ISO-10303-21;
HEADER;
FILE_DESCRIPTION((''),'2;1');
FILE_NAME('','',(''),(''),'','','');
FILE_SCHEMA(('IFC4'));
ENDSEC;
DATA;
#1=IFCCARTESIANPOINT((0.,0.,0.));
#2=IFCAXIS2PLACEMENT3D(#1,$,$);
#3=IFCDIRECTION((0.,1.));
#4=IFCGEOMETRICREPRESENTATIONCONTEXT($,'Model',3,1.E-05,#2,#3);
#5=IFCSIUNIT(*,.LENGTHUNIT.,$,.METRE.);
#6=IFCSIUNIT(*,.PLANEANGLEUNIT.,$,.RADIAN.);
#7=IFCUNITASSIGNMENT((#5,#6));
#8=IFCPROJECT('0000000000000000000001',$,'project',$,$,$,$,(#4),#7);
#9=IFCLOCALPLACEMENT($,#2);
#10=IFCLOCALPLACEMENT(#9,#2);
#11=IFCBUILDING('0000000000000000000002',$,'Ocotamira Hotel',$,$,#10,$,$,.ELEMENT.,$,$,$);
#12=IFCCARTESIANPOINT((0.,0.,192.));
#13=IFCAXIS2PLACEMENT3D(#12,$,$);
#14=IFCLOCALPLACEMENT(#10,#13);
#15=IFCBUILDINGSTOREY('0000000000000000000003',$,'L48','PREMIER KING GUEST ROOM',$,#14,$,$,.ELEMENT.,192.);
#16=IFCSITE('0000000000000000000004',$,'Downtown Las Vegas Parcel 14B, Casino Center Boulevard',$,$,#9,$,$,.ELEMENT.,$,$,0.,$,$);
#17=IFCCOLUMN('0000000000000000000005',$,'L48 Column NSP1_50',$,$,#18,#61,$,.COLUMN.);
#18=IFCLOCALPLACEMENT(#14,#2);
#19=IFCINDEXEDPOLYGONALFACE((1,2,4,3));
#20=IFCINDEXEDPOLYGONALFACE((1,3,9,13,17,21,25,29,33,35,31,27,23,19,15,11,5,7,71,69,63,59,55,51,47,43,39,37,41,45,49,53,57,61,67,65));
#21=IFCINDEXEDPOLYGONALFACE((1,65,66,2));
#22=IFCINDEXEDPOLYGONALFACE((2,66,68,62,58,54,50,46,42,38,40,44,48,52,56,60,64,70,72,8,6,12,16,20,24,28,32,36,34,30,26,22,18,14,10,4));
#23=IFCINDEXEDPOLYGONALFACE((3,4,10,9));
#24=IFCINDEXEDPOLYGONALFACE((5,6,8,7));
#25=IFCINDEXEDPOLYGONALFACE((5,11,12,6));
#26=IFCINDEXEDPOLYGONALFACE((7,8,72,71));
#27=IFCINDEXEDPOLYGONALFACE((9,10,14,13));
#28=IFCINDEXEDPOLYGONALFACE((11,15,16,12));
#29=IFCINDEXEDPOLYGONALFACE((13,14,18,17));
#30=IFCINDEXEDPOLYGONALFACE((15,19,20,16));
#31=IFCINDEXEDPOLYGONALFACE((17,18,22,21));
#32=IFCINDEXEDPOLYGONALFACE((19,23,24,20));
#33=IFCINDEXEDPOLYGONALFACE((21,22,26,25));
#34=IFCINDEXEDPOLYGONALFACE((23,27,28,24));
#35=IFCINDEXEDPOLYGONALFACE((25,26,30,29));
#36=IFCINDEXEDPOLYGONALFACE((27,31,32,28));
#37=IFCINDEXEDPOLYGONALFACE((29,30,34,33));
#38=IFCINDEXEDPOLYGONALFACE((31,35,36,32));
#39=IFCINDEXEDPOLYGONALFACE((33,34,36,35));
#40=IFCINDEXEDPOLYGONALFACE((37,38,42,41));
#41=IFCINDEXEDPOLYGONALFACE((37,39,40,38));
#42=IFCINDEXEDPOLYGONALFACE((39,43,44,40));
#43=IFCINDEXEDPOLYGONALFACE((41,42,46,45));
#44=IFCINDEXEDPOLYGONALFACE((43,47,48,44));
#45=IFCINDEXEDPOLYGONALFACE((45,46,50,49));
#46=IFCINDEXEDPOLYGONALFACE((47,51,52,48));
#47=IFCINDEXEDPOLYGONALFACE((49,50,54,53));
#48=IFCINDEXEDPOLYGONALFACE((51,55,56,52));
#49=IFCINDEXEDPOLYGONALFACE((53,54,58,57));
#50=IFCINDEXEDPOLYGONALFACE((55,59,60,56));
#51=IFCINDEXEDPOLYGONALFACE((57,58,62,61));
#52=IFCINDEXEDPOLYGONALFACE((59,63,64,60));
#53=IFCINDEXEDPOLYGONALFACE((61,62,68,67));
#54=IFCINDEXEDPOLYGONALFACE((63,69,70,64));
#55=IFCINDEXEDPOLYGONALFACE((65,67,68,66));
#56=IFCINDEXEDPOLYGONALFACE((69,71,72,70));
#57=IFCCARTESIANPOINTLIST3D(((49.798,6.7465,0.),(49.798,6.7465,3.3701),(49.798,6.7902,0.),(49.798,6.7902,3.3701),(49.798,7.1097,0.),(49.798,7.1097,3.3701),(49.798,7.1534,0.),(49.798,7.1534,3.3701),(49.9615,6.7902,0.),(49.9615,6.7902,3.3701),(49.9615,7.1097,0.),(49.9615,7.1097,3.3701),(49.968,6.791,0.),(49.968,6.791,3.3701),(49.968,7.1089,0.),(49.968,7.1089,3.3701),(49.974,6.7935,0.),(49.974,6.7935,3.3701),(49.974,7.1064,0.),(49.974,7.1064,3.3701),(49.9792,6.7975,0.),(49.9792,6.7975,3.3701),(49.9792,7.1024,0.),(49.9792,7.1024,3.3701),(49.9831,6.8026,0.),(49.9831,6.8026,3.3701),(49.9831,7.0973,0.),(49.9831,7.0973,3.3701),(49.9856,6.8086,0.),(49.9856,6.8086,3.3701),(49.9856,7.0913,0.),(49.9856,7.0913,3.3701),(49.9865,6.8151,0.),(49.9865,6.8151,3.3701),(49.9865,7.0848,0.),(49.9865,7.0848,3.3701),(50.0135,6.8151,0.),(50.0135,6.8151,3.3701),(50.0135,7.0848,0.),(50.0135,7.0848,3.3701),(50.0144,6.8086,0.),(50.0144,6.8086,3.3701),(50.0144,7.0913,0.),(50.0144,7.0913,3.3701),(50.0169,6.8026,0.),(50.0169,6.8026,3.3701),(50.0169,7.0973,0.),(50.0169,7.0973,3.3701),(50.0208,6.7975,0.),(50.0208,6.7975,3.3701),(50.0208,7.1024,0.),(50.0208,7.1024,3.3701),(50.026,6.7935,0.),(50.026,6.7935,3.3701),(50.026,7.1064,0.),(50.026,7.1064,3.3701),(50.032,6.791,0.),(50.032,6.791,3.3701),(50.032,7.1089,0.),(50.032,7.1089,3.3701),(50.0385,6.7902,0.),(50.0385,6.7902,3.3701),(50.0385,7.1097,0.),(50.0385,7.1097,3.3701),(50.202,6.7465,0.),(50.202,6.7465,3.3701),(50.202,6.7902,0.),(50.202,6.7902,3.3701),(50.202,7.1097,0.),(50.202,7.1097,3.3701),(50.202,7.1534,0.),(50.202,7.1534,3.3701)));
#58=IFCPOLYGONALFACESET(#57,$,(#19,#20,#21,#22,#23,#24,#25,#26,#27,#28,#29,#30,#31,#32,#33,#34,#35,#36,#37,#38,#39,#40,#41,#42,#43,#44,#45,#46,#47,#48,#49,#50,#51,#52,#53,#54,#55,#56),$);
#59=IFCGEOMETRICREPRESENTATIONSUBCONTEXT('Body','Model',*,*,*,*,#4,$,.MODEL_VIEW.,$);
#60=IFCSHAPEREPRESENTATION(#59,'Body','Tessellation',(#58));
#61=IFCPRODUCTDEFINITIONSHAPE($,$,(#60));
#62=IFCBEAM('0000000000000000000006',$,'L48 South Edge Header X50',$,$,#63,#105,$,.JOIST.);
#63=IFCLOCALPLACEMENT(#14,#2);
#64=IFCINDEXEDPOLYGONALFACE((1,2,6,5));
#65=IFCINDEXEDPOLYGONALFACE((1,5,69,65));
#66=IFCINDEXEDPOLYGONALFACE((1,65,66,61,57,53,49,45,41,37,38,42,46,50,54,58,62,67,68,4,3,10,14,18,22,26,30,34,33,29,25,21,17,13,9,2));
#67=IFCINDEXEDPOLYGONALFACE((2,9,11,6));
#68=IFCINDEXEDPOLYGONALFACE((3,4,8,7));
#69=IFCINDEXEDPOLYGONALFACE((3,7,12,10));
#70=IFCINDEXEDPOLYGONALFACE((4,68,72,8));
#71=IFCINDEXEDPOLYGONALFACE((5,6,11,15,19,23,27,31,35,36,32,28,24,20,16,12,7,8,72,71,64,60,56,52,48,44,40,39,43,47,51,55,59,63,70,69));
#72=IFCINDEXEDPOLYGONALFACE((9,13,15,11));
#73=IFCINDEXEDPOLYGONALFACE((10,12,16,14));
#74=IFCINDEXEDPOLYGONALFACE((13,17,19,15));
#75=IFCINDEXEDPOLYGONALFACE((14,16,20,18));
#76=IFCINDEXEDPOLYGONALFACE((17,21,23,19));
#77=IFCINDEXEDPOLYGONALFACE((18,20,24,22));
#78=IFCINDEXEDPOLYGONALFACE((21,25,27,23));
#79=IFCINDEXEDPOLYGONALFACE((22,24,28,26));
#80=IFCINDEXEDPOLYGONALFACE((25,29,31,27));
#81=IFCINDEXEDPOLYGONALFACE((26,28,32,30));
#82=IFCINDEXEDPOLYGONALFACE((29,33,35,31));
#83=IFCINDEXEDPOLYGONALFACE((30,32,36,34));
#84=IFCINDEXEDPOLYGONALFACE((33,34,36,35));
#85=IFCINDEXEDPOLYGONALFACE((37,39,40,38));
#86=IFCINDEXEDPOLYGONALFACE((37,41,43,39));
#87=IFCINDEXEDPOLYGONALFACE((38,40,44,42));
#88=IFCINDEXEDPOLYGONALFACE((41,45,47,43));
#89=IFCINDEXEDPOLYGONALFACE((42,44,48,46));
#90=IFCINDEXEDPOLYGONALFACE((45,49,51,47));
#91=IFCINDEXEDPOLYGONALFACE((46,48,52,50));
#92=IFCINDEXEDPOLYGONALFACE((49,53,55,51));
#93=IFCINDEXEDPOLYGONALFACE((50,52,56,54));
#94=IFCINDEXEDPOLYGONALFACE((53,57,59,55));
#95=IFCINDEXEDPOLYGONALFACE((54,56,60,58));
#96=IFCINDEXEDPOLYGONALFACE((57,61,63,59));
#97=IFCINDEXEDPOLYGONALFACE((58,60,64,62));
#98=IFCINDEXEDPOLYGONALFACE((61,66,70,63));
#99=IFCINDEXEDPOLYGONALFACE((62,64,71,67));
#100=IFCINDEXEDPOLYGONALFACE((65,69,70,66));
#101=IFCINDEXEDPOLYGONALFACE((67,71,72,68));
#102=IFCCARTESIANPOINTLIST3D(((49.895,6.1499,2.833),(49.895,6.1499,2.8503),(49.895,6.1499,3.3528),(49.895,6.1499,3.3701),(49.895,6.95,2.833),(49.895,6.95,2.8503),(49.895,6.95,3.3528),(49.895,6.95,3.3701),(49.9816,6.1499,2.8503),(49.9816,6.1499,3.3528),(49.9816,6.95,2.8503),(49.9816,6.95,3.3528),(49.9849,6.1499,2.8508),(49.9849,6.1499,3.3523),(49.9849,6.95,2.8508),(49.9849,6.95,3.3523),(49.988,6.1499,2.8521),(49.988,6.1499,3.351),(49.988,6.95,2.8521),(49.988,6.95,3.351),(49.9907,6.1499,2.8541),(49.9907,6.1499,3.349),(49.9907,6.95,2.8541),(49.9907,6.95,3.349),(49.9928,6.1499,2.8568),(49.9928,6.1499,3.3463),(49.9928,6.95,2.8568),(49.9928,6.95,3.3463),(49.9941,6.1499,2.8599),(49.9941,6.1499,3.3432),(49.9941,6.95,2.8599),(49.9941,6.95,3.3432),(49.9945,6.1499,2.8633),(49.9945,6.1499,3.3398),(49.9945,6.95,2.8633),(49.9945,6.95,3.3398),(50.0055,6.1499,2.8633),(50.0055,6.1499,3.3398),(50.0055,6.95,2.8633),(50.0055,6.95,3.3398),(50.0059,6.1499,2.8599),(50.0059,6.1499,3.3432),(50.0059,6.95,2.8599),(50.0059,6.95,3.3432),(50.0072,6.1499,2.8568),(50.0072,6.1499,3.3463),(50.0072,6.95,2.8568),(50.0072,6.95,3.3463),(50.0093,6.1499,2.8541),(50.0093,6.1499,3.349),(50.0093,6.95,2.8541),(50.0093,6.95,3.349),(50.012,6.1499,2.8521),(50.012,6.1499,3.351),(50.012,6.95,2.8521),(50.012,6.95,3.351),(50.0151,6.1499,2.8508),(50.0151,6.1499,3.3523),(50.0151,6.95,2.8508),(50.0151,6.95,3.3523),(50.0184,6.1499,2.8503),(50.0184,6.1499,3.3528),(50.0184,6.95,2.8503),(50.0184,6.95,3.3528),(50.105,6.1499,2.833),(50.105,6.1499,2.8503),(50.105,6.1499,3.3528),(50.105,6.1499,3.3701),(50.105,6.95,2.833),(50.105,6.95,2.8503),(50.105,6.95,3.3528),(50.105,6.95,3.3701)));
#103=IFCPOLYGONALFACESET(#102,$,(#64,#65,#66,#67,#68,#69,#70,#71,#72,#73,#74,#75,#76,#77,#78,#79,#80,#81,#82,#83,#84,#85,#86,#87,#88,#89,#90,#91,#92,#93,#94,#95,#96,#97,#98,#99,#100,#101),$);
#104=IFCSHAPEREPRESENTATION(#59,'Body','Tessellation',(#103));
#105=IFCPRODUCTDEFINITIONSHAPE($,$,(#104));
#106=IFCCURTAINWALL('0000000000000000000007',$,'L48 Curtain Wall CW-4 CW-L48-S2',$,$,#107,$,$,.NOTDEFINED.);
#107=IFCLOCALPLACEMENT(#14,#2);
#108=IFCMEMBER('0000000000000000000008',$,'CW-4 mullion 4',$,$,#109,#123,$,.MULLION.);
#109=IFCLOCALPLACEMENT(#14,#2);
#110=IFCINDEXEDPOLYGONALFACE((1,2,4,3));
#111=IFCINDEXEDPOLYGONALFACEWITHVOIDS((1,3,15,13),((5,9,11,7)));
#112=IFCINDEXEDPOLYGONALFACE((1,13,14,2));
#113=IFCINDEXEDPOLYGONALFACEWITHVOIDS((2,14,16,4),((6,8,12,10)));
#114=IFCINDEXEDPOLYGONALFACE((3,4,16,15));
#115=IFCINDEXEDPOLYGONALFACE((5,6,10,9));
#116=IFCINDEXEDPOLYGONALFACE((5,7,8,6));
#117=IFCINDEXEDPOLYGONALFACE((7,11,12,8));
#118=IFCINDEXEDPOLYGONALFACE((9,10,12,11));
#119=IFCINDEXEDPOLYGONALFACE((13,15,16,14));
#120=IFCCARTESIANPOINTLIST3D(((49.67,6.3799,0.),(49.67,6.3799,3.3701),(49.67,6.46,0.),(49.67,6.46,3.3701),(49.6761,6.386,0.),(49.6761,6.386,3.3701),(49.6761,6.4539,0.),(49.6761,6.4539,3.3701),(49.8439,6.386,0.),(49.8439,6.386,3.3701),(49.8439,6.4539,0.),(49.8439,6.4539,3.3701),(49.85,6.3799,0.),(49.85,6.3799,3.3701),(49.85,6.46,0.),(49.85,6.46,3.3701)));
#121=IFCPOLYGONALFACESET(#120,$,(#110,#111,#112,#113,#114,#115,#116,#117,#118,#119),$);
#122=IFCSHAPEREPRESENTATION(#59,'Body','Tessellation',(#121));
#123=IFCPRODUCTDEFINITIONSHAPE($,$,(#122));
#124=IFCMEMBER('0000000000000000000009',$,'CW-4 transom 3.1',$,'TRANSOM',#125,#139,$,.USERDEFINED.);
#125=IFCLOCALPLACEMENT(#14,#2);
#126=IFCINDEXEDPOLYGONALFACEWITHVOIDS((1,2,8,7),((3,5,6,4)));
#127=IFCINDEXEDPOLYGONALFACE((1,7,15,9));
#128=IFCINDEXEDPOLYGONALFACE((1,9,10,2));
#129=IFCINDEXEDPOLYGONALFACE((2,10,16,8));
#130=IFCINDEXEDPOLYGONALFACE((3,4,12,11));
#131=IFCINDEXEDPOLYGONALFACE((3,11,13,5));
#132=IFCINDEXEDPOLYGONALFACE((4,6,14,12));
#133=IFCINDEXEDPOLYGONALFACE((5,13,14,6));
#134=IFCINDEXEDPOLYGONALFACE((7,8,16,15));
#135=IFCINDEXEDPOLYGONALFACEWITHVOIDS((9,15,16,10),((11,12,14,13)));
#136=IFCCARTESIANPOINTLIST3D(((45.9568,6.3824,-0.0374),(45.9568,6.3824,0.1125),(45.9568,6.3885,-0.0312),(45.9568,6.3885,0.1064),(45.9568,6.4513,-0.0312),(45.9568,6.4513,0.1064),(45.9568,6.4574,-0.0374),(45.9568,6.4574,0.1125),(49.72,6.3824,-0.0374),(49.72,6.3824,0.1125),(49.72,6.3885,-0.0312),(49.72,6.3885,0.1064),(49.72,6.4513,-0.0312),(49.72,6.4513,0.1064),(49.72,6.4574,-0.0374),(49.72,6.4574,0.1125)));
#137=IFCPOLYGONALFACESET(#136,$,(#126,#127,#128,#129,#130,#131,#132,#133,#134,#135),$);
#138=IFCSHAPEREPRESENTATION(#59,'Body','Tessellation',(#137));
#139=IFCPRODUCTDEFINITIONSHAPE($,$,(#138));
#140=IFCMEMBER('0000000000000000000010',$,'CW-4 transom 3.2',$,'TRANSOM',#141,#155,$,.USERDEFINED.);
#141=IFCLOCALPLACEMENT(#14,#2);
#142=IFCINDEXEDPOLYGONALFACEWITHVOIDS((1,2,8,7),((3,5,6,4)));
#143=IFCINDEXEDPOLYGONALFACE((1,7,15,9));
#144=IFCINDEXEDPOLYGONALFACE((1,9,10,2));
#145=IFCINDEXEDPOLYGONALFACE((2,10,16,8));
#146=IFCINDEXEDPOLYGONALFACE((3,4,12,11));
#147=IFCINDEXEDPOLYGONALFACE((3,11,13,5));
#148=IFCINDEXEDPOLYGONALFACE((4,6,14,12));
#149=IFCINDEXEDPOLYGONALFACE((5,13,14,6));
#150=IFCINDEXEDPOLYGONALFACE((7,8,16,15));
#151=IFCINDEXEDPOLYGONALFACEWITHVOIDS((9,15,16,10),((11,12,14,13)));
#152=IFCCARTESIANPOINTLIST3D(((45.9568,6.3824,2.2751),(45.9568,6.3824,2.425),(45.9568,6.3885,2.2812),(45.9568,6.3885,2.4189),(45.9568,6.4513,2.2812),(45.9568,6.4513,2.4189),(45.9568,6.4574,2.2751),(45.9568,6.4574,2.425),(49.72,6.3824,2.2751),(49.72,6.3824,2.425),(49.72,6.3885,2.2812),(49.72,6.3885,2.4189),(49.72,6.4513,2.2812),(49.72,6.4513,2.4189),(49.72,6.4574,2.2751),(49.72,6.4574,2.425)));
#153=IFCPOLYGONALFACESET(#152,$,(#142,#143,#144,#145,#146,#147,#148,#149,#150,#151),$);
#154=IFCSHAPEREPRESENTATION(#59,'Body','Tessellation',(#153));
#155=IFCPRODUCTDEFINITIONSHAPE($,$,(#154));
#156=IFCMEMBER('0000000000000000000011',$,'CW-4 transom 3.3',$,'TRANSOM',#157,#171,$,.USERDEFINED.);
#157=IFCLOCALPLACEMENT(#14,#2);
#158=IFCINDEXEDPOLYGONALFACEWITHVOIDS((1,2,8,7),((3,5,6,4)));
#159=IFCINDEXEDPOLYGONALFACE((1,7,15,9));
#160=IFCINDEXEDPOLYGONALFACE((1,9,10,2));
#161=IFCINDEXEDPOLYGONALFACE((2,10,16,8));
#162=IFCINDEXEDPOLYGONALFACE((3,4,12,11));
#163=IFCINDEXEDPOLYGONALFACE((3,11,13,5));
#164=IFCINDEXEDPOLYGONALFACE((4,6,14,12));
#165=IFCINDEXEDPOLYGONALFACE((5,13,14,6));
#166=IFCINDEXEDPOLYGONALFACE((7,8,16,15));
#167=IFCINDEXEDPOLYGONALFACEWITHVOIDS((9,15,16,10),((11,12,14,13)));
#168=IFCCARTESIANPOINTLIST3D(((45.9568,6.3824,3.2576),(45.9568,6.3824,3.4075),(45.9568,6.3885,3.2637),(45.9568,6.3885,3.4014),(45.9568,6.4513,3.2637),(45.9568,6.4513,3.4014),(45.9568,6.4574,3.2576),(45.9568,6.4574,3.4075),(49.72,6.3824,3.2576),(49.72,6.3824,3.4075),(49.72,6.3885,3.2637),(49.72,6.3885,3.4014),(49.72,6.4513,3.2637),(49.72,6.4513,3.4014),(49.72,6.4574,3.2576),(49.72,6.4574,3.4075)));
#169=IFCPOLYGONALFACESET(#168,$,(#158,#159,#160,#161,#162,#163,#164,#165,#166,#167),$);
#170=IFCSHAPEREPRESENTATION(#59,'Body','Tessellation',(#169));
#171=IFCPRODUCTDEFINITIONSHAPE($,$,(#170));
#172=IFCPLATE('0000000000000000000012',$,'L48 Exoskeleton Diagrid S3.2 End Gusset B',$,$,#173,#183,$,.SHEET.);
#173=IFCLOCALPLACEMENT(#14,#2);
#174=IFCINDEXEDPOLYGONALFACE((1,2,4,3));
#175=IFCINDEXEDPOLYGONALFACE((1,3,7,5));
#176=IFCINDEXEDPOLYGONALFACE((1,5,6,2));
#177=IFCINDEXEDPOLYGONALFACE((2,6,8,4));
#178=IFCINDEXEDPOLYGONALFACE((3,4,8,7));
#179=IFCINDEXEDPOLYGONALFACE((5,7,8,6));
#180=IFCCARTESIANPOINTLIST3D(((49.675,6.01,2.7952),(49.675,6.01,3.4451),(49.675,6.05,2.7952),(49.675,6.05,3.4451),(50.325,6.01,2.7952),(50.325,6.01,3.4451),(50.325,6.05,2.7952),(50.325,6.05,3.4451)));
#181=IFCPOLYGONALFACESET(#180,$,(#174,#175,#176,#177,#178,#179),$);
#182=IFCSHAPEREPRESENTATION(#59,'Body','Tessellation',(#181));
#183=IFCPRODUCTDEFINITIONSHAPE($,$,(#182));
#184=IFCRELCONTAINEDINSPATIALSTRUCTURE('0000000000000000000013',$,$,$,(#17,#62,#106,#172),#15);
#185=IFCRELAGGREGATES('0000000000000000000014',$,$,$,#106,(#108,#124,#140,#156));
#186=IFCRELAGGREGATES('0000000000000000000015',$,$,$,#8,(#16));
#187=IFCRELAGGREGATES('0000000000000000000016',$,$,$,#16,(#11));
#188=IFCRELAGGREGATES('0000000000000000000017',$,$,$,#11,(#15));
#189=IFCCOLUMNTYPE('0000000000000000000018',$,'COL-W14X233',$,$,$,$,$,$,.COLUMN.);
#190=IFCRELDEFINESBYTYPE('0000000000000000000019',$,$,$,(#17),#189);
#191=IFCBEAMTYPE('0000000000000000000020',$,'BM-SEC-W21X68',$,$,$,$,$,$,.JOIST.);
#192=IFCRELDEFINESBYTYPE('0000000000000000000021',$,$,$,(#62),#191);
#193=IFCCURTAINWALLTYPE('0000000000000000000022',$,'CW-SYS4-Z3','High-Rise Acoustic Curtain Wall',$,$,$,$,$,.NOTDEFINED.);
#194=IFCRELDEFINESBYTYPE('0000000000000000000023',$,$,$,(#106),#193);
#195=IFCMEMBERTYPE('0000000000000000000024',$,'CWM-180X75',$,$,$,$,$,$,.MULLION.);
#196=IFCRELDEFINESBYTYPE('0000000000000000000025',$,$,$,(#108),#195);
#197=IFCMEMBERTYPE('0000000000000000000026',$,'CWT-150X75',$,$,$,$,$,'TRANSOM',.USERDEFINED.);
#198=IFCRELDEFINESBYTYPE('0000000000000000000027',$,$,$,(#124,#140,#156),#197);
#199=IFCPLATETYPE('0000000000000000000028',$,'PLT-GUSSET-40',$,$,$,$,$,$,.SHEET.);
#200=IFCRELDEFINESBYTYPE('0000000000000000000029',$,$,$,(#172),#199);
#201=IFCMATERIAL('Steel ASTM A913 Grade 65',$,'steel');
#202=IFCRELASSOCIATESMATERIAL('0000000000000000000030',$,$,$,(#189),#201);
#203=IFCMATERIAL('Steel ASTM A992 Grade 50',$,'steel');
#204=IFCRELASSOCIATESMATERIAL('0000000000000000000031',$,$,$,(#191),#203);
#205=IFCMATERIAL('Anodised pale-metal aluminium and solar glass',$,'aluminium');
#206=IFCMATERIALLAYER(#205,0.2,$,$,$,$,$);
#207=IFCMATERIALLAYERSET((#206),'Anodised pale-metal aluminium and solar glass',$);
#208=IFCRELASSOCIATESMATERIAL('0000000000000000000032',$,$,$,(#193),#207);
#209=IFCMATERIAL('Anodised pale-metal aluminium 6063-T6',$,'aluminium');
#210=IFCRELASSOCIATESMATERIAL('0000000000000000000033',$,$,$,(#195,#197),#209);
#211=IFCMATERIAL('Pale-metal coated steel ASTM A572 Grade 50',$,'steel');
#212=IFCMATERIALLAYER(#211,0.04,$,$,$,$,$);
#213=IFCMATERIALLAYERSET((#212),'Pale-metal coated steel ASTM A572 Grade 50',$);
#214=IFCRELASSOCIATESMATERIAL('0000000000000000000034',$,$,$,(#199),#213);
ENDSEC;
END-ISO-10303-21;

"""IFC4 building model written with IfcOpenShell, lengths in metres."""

from ifc_helpers import new_model, si_unit, direction, frame, origin, origin_2d, place, context, subcontext, project, spatial, rectangle, hollow_rectangle, i_section, extrude, source, transform, mapped, material, layer, layer_set, material_profile, profile_set, type_object, element, aggregate, save


model = new_model("IFC4")

# Units and contexts
model_context = context("Model", 3, precision=1e-05, world=origin(), true_north=direction((0.0, 1.0)))
body_context = subcontext(model_context, "Body", "Model", "MODEL_VIEW")
ifc_project = project(units=[si_unit("LENGTHUNIT", "METRE"), si_unit("PLANEANGLEUNIT", "RADIAN")], contexts=[model_context])

# Site, building, storey
site_placement = place(None, origin())
site = spatial("IfcSite", under=ifc_project, at=site_placement, Name="Downtown Las Vegas Parcel 14B, Casino Center Boulevard", CompositionType="ELEMENT", RefElevation=0.0)
building_placement = place(site_placement, origin())
building = spatial("IfcBuilding", under=site, at=building_placement, Name="Ocotamira Hotel", CompositionType="ELEMENT")
storey_placement = place(building_placement, frame((0.0, 0.0, 192.0)))
storey = spatial("IfcBuildingStorey", under=building, at=storey_placement, Name="L48", Description="PREMIER KING GUEST ROOM", CompositionType="ELEMENT", Elevation=192.0)

# Column
ifc_material_1 = material(Name="Steel ASTM A913 Grade 65", Category="steel")
ifc_material_profile_1 = material_profile(ifc_material_1, i_section(OverallWidth=0.4041, OverallDepth=0.407, WebThickness=0.0271, FlangeThickness=0.0437, FilletRadius=0.0249, at=origin_2d()), Name="W14X233")
ifc_profile_set_1 = profile_set([ifc_material_profile_1], Name="Steel ASTM A913 Grade 65")
column_type = type_object("IfcColumnType", Name="COL-W14X233", PredefinedType="COLUMN", material=ifc_profile_set_1)
shared_shape_1 = source(origin(), body_context, "Body", "SweptSolid", [
    extrude(i_section(OverallWidth=0.4041, OverallDepth=0.407, WebThickness=0.0271, FlangeThickness=0.0437, FilletRadius=0.0249, at=origin_2d()), origin(), (0.0, 0.0, 1.0), 3.3701),
])
column_placement = place(storey_placement, frame((50.0, 6.95, 0.0), z_axis=(0.0, 0.0, 1.0), x_axis=(1.0, 0.0, 0.0)))
element("IfcColumn", 1, at=column_placement, inside=storey, type_object=column_type, Name="L48 Column NSP1_50", PredefinedType="COLUMN", context=body_context, shape_type="MappedRepresentation", body=[
    mapped(shared_shape_1, transform((0.0, 0.0, 0.0), scale=1.0)),
])

# Beam
ifc_material_2 = material(Name="Steel ASTM A992 Grade 50", Category="steel")
ifc_material_profile_2 = material_profile(ifc_material_2, i_section(OverallWidth=0.21, OverallDepth=0.5371, WebThickness=0.011, FlangeThickness=0.0173, FilletRadius=0.0129, at=origin_2d()), Name="W21X68")
ifc_profile_set_2 = profile_set([ifc_material_profile_2], Name="Steel ASTM A992 Grade 50")
beam_type = type_object("IfcBeamType", Name="BM-SEC-W21X68", PredefinedType="JOIST", material=ifc_profile_set_2)
shared_shape_2 = source(origin(), body_context, "Body", "SweptSolid", [
    extrude(i_section(OverallWidth=0.21, OverallDepth=0.5371, WebThickness=0.011, FlangeThickness=0.0173, FilletRadius=0.0129, at=origin_2d()), origin(), (0.0, 0.0, 1.0), 0.8),
])
beam_placement = place(storey_placement, frame((50.0, 6.95, 3.1016), z_axis=(0.0, -1.0, 0.0), x_axis=(1.0, 0.0, 0.0)))
element("IfcBeam", 2, at=beam_placement, inside=storey, type_object=beam_type, Name="L48 South Edge Header X50", PredefinedType="JOIST", context=body_context, shape_type="MappedRepresentation", body=[
    mapped(shared_shape_2, transform((0.0, 0.0, 0.0), scale=1.0)),
])

# Curtain wall, members
ifc_material_3 = material(Name="Anodised pale-metal aluminium and solar glass", Category="aluminium")
ifc_layer_1 = layer(ifc_material_3, 0.2)
ifc_layer_set_1 = layer_set([ifc_layer_1], Name="Anodised pale-metal aluminium and solar glass")
curtain_wall_type = type_object("IfcCurtainWallType", Name="CW-SYS4-Z3", Description="High-Rise Acoustic Curtain Wall", PredefinedType="NOTDEFINED", material=ifc_layer_set_1)
curtain_wall_placement = place(storey_placement, origin())
curtain_wall = element("IfcCurtainWall", 3, at=curtain_wall_placement, inside=storey, type_object=curtain_wall_type, Name="L48 Curtain Wall CW-4 CW-L48-S2", PredefinedType="NOTDEFINED")
ifc_material_4 = material(Name="Anodised pale-metal aluminium 6063-T6", Category="aluminium")
ifc_material_profile_3 = material_profile(ifc_material_4, hollow_rectangle(XDim=0.0801, YDim=0.1799, WallThickness=0.0061, at=origin_2d()), Name="HSS180X80X6")
ifc_profile_set_3 = profile_set([ifc_material_profile_3], Name="Anodised pale-metal aluminium 6063-T6")
member_type_1 = type_object("IfcMemberType", Name="CWM-180X75", PredefinedType="MULLION", material=ifc_profile_set_3)
shared_shape_3 = source(origin(), body_context, "Body", "SweptSolid", [
    extrude(hollow_rectangle(XDim=0.0801, YDim=0.1799, WallThickness=0.0061, at=origin_2d()), origin(), (0.0, 0.0, 1.0), 3.3701),
])
member_1_placement = place(storey_placement, frame((49.76, 6.4199, 0.0), z_axis=(0.0, 0.0, 1.0), x_axis=(0.0, 1.0, 0.0)))
member_1 = element("IfcMember", 4, at=member_1_placement, type_object=member_type_1, Name="CW-4 mullion 4", PredefinedType="MULLION", context=body_context, shape_type="MappedRepresentation", body=[
    mapped(shared_shape_3, transform((0.0, 0.0, 0.0), scale=1.0)),
])
ifc_material_profile_4 = material_profile(ifc_material_4, hollow_rectangle(XDim=0.075, YDim=0.1499, WallThickness=0.0061, at=origin_2d()), Name="HSS150X75X6")
ifc_profile_set_4 = profile_set([ifc_material_profile_4], Name="Anodised pale-metal aluminium 6063-T6")
member_type_2 = type_object("IfcMemberType", Name="CWT-150X75", ElementType="TRANSOM", PredefinedType="USERDEFINED", material=ifc_profile_set_4)
shared_shape_4 = source(origin(), body_context, "Body", "SweptSolid", [
    extrude(hollow_rectangle(XDim=0.075, YDim=0.1499, WallThickness=0.0061, at=origin_2d()), origin(), (0.0, 0.0, 1.0), 3.7632),
])
member_2_placement = place(storey_placement, frame((45.9568, 6.4199, 0.0376), z_axis=(1.0, 0.0, 0.0), x_axis=(0.0, 1.0, 0.0)))
member_2 = element("IfcMember", 5, at=member_2_placement, type_object=member_type_2, Name="CW-4 transom 3.1", ObjectType="TRANSOM", PredefinedType="USERDEFINED", context=body_context, shape_type="MappedRepresentation", body=[
    mapped(shared_shape_4, transform((0.0, 0.0, 0.0), scale=1.0)),
])
member_3_placement = place(storey_placement, frame((45.9568, 6.4199, 2.3501), z_axis=(1.0, 0.0, 0.0), x_axis=(0.0, 1.0, 0.0)))
member_3 = element("IfcMember", 6, at=member_3_placement, type_object=member_type_2, Name="CW-4 transom 3.2", ObjectType="TRANSOM", PredefinedType="USERDEFINED", context=body_context, shape_type="MappedRepresentation", body=[
    mapped(shared_shape_4, transform((0.0, 0.0, 0.0), scale=1.0)),
])
member_4_placement = place(storey_placement, frame((45.9568, 6.4199, 3.3325), z_axis=(1.0, 0.0, 0.0), x_axis=(0.0, 1.0, 0.0)))
member_4 = element("IfcMember", 7, at=member_4_placement, type_object=member_type_2, Name="CW-4 transom 3.3", ObjectType="TRANSOM", PredefinedType="USERDEFINED", context=body_context, shape_type="MappedRepresentation", body=[
    mapped(shared_shape_4, transform((0.0, 0.0, 0.0), scale=1.0)),
])

# Plate
ifc_material_5 = material(Name="Pale-metal coated steel ASTM A572 Grade 50", Category="steel")
ifc_layer_2 = layer(ifc_material_5, 0.04)
ifc_layer_set_2 = layer_set([ifc_layer_2], Name="Pale-metal coated steel ASTM A572 Grade 50")
plate_type_1 = type_object("IfcPlateType", Name="PLT-GUSSET-40", PredefinedType="SHEET", material=ifc_layer_set_2)
shared_shape_5 = source(origin(), body_context, "Body", "SweptSolid", [
    extrude(rectangle(XDim=0.6499, YDim=0.04, at=origin_2d()), origin(), (0.0, 0.0, 1.0), 0.6499),
])
plate_1_placement = place(storey_placement, frame((50.0, 6.03, 2.7952), z_axis=(0.0, 0.0, 1.0), x_axis=(1.0, 0.0, 0.0)))
element("IfcPlate", 8, at=plate_1_placement, inside=storey, type_object=plate_type_1, Name="L48 Exoskeleton Diagrid S3.2 End Gusset B", PredefinedType="SHEET", context=body_context, shape_type="MappedRepresentation", body=[
    mapped(shared_shape_5, transform((0.0, 0.0, 0.0), scale=1.0)),
])
aggregate(curtain_wall, [member_1, member_2, member_3, member_4])

save(model, "model.ifc")
